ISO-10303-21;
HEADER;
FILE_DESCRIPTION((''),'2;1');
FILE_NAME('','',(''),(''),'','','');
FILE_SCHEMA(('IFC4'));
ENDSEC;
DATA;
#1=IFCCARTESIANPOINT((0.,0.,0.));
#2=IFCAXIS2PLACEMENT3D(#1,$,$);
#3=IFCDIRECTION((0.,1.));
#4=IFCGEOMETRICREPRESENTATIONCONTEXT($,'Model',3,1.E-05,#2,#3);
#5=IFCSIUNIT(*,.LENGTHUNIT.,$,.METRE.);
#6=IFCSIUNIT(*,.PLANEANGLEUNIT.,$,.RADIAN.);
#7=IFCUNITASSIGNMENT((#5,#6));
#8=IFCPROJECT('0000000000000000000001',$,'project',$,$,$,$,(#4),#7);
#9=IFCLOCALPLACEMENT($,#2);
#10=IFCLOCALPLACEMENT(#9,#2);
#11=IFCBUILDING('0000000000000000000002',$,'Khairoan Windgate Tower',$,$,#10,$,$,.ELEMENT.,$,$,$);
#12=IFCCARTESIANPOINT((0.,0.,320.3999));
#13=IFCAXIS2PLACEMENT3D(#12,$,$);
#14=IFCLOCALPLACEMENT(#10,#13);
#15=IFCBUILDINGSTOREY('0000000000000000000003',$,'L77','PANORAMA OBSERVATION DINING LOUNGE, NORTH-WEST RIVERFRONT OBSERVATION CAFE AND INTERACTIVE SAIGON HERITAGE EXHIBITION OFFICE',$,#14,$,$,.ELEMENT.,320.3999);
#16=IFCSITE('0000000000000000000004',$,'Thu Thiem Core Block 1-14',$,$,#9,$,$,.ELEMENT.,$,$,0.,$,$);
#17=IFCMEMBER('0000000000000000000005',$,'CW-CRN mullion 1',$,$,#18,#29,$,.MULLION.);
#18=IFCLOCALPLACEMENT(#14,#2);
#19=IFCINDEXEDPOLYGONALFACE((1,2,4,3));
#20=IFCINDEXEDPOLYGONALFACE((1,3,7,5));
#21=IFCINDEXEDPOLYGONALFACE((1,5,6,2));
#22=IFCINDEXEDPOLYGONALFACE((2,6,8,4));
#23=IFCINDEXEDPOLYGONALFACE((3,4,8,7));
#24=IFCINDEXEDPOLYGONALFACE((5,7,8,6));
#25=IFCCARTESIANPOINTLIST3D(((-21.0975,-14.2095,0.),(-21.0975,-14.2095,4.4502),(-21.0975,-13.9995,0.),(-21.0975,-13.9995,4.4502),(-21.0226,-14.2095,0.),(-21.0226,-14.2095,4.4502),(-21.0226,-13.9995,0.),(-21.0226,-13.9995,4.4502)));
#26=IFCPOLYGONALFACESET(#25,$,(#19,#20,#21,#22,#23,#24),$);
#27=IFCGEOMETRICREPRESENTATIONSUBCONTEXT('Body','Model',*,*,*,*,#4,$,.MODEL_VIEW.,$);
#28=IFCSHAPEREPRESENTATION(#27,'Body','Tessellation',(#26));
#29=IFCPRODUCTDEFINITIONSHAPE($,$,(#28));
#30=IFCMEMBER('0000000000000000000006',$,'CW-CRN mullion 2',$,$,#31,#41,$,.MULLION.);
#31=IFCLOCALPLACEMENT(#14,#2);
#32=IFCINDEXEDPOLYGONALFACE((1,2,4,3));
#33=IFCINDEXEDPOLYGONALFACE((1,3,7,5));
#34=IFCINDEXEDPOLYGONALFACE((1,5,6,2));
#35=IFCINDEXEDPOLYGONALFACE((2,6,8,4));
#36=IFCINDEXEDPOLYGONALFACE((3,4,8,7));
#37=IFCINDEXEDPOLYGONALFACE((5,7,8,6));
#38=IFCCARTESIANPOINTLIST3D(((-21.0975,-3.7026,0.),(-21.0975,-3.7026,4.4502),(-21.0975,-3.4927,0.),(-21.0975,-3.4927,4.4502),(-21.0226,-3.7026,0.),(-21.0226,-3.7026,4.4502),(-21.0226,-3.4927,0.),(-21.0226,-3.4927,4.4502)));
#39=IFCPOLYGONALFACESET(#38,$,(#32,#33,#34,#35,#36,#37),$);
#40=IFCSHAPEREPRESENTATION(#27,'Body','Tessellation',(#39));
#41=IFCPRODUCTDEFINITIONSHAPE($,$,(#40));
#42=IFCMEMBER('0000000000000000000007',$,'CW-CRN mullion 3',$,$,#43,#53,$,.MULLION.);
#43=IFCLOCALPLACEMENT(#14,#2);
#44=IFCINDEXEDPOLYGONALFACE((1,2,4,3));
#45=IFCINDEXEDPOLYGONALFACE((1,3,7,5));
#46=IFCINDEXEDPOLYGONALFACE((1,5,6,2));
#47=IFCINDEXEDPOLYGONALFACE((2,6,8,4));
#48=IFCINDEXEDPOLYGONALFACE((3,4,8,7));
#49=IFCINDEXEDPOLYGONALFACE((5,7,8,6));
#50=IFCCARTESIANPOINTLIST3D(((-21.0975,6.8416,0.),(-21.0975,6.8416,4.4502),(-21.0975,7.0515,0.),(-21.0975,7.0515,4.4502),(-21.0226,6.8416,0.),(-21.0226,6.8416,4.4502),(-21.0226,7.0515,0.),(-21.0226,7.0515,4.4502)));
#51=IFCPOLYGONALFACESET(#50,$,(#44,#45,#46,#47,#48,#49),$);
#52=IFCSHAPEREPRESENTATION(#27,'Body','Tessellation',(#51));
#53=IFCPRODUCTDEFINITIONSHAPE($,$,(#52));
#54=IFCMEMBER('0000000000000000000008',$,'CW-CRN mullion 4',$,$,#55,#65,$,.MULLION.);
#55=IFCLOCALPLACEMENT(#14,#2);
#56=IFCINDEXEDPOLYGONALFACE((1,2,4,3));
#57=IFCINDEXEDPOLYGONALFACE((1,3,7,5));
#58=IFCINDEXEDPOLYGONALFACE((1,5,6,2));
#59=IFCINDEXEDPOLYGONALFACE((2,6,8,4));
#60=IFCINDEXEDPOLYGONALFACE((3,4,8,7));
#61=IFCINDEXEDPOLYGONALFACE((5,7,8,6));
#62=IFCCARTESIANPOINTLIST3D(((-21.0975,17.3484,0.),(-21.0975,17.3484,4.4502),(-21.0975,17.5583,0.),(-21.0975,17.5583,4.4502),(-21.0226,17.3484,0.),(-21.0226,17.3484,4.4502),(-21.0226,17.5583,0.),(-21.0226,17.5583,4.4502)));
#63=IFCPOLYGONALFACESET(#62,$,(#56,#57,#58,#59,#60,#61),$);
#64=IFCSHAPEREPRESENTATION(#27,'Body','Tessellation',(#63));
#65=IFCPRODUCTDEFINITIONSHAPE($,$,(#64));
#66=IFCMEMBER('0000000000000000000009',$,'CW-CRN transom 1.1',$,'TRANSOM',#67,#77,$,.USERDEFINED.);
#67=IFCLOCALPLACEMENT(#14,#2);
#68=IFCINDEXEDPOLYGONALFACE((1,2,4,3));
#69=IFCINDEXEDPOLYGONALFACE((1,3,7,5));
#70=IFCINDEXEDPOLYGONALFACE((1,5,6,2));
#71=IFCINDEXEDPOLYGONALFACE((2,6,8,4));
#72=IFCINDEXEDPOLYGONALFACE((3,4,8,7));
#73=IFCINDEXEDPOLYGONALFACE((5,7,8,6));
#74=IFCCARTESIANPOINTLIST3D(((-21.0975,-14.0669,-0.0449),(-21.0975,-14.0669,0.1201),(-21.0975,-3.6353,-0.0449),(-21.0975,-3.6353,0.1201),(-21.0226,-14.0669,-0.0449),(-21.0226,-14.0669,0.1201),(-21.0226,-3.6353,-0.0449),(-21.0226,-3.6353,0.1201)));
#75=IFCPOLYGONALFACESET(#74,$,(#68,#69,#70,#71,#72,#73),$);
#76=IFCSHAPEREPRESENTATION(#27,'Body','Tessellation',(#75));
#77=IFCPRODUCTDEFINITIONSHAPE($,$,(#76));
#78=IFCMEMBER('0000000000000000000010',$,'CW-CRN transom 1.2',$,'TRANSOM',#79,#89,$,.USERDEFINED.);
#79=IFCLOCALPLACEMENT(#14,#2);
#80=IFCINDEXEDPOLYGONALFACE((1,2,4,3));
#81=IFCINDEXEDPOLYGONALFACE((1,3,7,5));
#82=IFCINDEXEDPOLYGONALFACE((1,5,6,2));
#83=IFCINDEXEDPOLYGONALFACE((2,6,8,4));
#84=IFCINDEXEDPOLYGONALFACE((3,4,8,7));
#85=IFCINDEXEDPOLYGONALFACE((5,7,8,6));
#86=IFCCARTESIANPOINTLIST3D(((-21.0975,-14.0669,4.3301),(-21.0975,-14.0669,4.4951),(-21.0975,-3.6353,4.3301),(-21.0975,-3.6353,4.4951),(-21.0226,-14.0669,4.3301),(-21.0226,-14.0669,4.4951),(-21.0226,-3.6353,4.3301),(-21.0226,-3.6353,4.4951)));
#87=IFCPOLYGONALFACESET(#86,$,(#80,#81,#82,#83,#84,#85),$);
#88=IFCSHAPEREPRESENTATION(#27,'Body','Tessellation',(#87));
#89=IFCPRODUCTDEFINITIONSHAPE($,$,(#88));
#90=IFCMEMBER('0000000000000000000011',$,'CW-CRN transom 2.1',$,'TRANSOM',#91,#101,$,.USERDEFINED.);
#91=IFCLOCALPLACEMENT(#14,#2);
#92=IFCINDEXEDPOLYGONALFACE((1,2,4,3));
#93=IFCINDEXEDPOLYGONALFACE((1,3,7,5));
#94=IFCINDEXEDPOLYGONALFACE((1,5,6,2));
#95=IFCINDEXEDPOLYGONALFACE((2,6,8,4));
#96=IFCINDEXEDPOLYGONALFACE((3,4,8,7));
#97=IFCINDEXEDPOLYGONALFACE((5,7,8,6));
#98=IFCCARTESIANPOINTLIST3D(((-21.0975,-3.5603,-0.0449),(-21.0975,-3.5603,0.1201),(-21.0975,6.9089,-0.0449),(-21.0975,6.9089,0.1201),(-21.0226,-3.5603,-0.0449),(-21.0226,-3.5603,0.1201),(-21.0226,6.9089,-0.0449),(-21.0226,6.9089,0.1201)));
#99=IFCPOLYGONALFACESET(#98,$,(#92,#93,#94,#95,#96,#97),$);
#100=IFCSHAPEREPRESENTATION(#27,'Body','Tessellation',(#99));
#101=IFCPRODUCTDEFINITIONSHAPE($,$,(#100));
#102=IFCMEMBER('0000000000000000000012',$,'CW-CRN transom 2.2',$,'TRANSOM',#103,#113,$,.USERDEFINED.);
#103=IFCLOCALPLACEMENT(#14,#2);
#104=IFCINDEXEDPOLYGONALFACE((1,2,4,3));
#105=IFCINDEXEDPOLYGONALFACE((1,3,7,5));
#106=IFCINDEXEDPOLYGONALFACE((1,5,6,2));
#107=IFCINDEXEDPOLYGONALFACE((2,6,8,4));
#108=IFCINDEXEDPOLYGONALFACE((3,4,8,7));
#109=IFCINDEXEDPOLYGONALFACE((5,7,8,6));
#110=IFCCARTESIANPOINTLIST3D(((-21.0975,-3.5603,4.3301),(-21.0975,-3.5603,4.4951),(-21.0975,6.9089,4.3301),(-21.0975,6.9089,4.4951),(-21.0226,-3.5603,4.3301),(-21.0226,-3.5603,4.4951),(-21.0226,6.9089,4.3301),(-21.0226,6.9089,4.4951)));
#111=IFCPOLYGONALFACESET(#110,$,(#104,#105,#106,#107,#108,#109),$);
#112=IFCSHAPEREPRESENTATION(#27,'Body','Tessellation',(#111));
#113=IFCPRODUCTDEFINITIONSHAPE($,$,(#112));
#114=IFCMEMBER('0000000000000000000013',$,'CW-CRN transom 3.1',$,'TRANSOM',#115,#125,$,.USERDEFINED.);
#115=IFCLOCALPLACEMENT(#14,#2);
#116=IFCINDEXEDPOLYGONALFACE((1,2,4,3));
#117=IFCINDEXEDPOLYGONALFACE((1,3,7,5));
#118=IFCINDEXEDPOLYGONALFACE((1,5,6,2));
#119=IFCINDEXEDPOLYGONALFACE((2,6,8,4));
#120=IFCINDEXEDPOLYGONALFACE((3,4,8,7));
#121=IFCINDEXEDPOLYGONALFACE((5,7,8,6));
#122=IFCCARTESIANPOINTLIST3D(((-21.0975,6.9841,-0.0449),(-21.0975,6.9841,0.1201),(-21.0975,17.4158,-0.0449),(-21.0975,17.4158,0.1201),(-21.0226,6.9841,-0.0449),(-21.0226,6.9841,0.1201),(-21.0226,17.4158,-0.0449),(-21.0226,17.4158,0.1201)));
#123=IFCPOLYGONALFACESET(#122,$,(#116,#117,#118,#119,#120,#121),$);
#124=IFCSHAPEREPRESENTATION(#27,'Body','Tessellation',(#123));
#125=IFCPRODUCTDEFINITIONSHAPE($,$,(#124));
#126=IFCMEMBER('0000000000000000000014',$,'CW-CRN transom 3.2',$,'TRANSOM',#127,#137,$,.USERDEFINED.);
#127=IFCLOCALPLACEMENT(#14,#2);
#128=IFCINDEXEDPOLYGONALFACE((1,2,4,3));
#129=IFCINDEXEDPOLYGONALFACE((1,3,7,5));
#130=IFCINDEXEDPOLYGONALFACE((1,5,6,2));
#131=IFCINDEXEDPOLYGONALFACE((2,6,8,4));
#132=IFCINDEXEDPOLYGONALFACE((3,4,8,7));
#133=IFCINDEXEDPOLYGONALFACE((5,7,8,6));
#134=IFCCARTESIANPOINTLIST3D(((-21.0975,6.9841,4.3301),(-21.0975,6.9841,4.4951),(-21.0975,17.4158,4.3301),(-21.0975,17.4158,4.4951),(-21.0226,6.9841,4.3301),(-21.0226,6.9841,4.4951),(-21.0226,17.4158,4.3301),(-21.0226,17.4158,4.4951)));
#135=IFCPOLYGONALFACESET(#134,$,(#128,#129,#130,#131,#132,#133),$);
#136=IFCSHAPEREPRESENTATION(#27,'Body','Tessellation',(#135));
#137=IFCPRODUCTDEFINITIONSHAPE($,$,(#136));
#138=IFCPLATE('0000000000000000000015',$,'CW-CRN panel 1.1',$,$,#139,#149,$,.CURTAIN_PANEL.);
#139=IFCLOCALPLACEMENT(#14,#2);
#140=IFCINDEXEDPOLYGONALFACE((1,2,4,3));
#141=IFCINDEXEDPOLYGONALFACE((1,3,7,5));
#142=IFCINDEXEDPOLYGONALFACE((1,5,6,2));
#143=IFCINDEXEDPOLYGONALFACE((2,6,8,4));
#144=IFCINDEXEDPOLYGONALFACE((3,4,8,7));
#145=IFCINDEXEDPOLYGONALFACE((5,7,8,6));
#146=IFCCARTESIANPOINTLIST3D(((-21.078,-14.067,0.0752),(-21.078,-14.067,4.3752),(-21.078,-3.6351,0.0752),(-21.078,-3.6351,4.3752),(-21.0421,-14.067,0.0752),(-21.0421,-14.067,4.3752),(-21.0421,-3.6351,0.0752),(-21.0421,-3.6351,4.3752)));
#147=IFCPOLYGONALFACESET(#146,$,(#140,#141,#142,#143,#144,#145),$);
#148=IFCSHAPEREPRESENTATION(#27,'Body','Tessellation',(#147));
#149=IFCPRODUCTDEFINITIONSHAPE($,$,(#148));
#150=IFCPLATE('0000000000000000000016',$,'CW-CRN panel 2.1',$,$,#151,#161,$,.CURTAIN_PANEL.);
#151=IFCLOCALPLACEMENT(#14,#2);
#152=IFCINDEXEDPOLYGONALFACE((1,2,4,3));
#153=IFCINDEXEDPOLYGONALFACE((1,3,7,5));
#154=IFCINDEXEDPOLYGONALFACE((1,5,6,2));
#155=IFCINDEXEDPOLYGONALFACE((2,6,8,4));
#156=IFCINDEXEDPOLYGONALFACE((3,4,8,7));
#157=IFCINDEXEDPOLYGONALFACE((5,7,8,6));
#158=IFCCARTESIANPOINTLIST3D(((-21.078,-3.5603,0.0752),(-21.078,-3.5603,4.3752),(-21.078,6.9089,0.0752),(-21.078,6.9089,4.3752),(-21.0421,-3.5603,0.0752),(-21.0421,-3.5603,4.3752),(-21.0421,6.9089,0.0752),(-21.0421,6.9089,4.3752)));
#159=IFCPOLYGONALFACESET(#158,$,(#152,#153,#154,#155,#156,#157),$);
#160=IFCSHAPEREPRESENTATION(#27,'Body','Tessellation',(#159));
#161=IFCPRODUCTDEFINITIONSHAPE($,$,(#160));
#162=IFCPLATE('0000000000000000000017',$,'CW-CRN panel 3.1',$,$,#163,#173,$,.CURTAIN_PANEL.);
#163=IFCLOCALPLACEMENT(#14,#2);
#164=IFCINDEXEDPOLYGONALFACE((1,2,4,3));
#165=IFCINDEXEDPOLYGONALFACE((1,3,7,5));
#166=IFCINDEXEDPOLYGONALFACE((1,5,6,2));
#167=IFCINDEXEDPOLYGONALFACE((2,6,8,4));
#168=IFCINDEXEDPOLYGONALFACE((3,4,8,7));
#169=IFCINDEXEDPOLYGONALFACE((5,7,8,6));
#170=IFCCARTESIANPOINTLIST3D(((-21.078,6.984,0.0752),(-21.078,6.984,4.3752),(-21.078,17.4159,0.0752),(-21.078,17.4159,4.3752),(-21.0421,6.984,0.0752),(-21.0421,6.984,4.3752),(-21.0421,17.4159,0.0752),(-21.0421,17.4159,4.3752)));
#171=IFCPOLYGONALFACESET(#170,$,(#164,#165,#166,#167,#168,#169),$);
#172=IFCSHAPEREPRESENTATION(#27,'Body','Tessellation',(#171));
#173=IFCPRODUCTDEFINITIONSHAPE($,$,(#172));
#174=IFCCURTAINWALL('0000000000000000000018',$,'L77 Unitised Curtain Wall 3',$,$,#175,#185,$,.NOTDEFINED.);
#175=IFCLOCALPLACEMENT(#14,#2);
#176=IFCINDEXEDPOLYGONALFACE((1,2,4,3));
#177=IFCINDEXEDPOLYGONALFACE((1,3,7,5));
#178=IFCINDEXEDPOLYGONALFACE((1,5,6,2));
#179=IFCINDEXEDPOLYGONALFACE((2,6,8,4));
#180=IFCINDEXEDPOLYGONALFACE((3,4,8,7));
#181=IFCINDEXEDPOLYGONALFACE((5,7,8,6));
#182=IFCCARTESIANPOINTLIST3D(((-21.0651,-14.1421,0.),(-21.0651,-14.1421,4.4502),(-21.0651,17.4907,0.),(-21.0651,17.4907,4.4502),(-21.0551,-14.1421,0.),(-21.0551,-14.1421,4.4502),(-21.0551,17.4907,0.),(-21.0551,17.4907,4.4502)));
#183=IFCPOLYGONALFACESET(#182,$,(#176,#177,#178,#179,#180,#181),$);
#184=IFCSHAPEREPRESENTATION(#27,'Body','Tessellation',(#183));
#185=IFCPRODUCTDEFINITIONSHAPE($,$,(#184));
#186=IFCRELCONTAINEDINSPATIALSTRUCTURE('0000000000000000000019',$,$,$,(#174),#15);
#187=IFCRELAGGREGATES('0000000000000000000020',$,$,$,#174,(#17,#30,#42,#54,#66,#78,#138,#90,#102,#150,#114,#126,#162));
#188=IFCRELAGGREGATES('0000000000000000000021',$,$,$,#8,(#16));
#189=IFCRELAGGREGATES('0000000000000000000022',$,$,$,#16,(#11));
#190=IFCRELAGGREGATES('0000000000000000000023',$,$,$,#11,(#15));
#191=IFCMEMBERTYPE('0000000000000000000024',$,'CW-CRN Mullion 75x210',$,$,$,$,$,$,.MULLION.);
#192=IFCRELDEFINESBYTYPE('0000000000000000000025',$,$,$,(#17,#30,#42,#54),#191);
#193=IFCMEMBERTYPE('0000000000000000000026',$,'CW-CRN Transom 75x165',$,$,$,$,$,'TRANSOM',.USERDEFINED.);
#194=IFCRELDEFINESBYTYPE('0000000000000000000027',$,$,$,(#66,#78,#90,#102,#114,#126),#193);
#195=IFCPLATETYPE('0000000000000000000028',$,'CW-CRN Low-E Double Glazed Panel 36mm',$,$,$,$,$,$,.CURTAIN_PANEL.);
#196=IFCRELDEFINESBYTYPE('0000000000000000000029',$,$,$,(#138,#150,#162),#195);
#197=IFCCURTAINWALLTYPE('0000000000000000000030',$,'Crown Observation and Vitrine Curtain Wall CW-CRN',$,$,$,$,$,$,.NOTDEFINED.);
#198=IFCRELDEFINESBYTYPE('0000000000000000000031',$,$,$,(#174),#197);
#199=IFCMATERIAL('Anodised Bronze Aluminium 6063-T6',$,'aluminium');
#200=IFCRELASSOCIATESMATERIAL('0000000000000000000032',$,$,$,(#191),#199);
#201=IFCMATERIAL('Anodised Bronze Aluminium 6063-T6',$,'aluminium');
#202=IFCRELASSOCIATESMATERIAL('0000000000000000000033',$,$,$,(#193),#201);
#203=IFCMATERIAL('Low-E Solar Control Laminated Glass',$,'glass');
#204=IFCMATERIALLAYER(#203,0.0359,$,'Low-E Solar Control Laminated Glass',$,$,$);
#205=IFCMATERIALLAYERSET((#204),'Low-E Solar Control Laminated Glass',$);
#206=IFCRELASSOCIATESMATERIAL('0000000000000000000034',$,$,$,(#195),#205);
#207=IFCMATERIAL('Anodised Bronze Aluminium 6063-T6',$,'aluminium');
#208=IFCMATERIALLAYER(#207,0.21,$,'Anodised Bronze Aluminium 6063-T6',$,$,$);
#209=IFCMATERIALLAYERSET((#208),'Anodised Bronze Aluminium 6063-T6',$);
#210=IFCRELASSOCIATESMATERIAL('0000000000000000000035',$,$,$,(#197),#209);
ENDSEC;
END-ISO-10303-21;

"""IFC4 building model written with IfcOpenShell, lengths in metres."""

from ifc_helpers import new_model, si_unit, direction, frame, frame_2d, origin, origin_2d, place, context, subcontext, project, spatial, rectangle, extrude, material, layer, layer_set, material_profile, profile_set, type_object, element, aggregate, save


model = new_model("IFC4")

# Units and contexts
model_context = context("Model", 3, precision=1e-05, world=origin(), true_north=direction((0.0, 1.0)))
body_context = subcontext(model_context, "Body", "Model", "MODEL_VIEW")
ifc_project = project(units=[si_unit("LENGTHUNIT", "METRE"), si_unit("PLANEANGLEUNIT", "RADIAN")], contexts=[model_context])

# Site, building, storey
site_placement = place(None, origin())
site = spatial("IfcSite", under=ifc_project, at=site_placement, Name="Thu Thiem Core Block 1-14", CompositionType="ELEMENT", RefElevation=0.0)
building_placement = place(site_placement, origin())
building = spatial("IfcBuilding", under=site, at=building_placement, Name="Khairoan Windgate Tower", CompositionType="ELEMENT")
storey_placement = place(building_placement, frame((0.0, 0.0, 320.3999)))
storey = spatial("IfcBuildingStorey", under=building, at=storey_placement, Name="L77", Description="PANORAMA OBSERVATION DINING LOUNGE, NORTH-WEST RIVERFRONT OBSERVATION CAFE AND INTERACTIVE SAIGON HERITAGE EXHIBITION OFFICE", CompositionType="ELEMENT", Elevation=320.3999)

# Members
ifc_material_1 = material(Name="Anodised Bronze Aluminium 6063-T6", Category="aluminium")
ifc_material_profile_1 = material_profile(ifc_material_1, rectangle(XDim=0.075, YDim=0.21, at=origin_2d()))
ifc_profile_set_1 = profile_set([ifc_material_profile_1], Name="Anodised Bronze Aluminium 6063-T6")
member_type_1 = type_object("IfcMemberType", Name="CW-CRN Mullion 75x210", PredefinedType="MULLION", material=ifc_profile_set_1)
member_1_placement = place(storey_placement, frame((-21.0601, -14.1045, 0.0), z_axis=(0.0, 0.0, 1.0), x_axis=(-1.0, 0.0, 0.0)))
member_1 = element("IfcMember", 1, at=member_1_placement, type_object=member_type_1, Name="CW-CRN mullion 1", PredefinedType="MULLION", context=body_context, shape_type="SweptSolid", body=[
    extrude(rectangle(XDim=0.075, YDim=0.21, at=origin_2d()), origin(), (0.0, 0.0, 1.0), 4.4502),
])
member_2_placement = place(storey_placement, frame((-21.0601, -3.5977, 0.0), z_axis=(0.0, 0.0, 1.0), x_axis=(-1.0, 0.0, 0.0)))
member_2 = element("IfcMember", 2, at=member_2_placement, type_object=member_type_1, Name="CW-CRN mullion 2", PredefinedType="MULLION", context=body_context, shape_type="SweptSolid", body=[
    extrude(rectangle(XDim=0.075, YDim=0.21, at=origin_2d()), origin(), (0.0, 0.0, 1.0), 4.4502),
])
member_3_placement = place(storey_placement, frame((-21.0601, 6.9465, 0.0), z_axis=(0.0, 0.0, 1.0), x_axis=(-1.0, 0.0, 0.0)))
member_3 = element("IfcMember", 3, at=member_3_placement, type_object=member_type_1, Name="CW-CRN mullion 3", PredefinedType="MULLION", context=body_context, shape_type="SweptSolid", body=[
    extrude(rectangle(XDim=0.075, YDim=0.21, at=origin_2d()), origin(), (0.0, 0.0, 1.0), 4.4502),
])
member_4_placement = place(storey_placement, frame((-21.0601, 17.4534, 0.0), z_axis=(0.0, 0.0, 1.0), x_axis=(-1.0, 0.0, 0.0)))
member_4 = element("IfcMember", 4, at=member_4_placement, type_object=member_type_1, Name="CW-CRN mullion 4", PredefinedType="MULLION", context=body_context, shape_type="SweptSolid", body=[
    extrude(rectangle(XDim=0.075, YDim=0.21, at=origin_2d()), origin(), (0.0, 0.0, 1.0), 4.4502),
])
ifc_material_2 = material(Name="Anodised Bronze Aluminium 6063-T6", Category="aluminium")
ifc_material_profile_2 = material_profile(ifc_material_2, rectangle(XDim=0.075, YDim=0.165, at=origin_2d()))
ifc_profile_set_2 = profile_set([ifc_material_profile_2], Name="Anodised Bronze Aluminium 6063-T6")
member_type_2 = type_object("IfcMemberType", Name="CW-CRN Transom 75x165", ElementType="TRANSOM", PredefinedType="USERDEFINED", material=ifc_profile_set_2)
member_5_placement = place(storey_placement, frame((-21.0601, -14.0669, 0.0376), z_axis=(0.0, 1.0, 0.0), x_axis=(-1.0, 0.0, 0.0)))
member_5 = element("IfcMember", 5, at=member_5_placement, type_object=member_type_2, Name="CW-CRN transom 1.1", ObjectType="TRANSOM", PredefinedType="USERDEFINED", context=body_context, shape_type="SweptSolid", body=[
    extrude(rectangle(XDim=0.075, YDim=0.165, at=origin_2d()), origin(), (0.0, 0.0, 1.0), 10.4316),
])
member_6_placement = place(storey_placement, frame((-21.0601, -14.0669, 4.4126), z_axis=(0.0, 1.0, 0.0), x_axis=(-1.0, 0.0, 0.0)))
member_6 = element("IfcMember", 6, at=member_6_placement, type_object=member_type_2, Name="CW-CRN transom 1.2", ObjectType="TRANSOM", PredefinedType="USERDEFINED", context=body_context, shape_type="SweptSolid", body=[
    extrude(rectangle(XDim=0.075, YDim=0.165, at=origin_2d()), origin(), (0.0, 0.0, 1.0), 10.4316),
])
member_7_placement = place(storey_placement, frame((-21.0601, -3.5603, 0.0376), z_axis=(0.0, 1.0, 0.0), x_axis=(-1.0, 0.0, 0.0)))
member_7 = element("IfcMember", 7, at=member_7_placement, type_object=member_type_2, Name="CW-CRN transom 2.1", ObjectType="TRANSOM", PredefinedType="USERDEFINED", context=body_context, shape_type="SweptSolid", body=[
    extrude(rectangle(XDim=0.075, YDim=0.165, at=origin_2d()), origin(), (0.0, 0.0, 1.0), 10.4692),
])
member_8_placement = place(storey_placement, frame((-21.0601, -3.5603, 4.4126), z_axis=(0.0, 1.0, 0.0), x_axis=(-1.0, 0.0, 0.0)))
member_8 = element("IfcMember", 8, at=member_8_placement, type_object=member_type_2, Name="CW-CRN transom 2.2", ObjectType="TRANSOM", PredefinedType="USERDEFINED", context=body_context, shape_type="SweptSolid", body=[
    extrude(rectangle(XDim=0.075, YDim=0.165, at=origin_2d()), origin(), (0.0, 0.0, 1.0), 10.4692),
])
member_9_placement = place(storey_placement, frame((-21.0601, 6.9841, 0.0376), z_axis=(0.0, 1.0, 0.0), x_axis=(-1.0, 0.0, 0.0)))
member_9 = element("IfcMember", 9, at=member_9_placement, type_object=member_type_2, Name="CW-CRN transom 3.1", ObjectType="TRANSOM", PredefinedType="USERDEFINED", context=body_context, shape_type="SweptSolid", body=[
    extrude(rectangle(XDim=0.075, YDim=0.165, at=origin_2d()), origin(), (0.0, 0.0, 1.0), 10.4316),
])
member_10_placement = place(storey_placement, frame((-21.0601, 6.9841, 4.4126), z_axis=(0.0, 1.0, 0.0), x_axis=(-1.0, 0.0, 0.0)))
member_10 = element("IfcMember", 10, at=member_10_placement, type_object=member_type_2, Name="CW-CRN transom 3.2", ObjectType="TRANSOM", PredefinedType="USERDEFINED", context=body_context, shape_type="SweptSolid", body=[
    extrude(rectangle(XDim=0.075, YDim=0.165, at=origin_2d()), origin(), (0.0, 0.0, 1.0), 10.4316),
])

# Plates
ifc_material_3 = material(Name="Low-E Solar Control Laminated Glass", Category="glass")
ifc_layer_1 = layer(ifc_material_3, 0.0359, Name="Low-E Solar Control Laminated Glass")
ifc_layer_set_1 = layer_set([ifc_layer_1], Name="Low-E Solar Control Laminated Glass")
plate_type_1 = type_object("IfcPlateType", Name="CW-CRN Low-E Double Glazed Panel 36mm", PredefinedType="CURTAIN_PANEL", material=ifc_layer_set_1)
plate_1_placement = place(storey_placement, frame((-21.0601, -8.8511, 0.0752), z_axis=(0.0, 0.0, 1.0), x_axis=(0.0, 1.0, 0.0)))
plate_1 = element("IfcPlate", 11, at=plate_1_placement, type_object=plate_type_1, Name="CW-CRN panel 1.1", PredefinedType="CURTAIN_PANEL", context=body_context, shape_type="SweptSolid", body=[
    extrude(rectangle(XDim=10.4319, YDim=0.0359, at=origin_2d()), origin(), (0.0, 0.0, 1.0), 4.3),
])
plate_2_placement = place(storey_placement, frame((-21.0601, 1.6743, 0.0752), z_axis=(0.0, 0.0, 1.0), x_axis=(0.0, 1.0, 0.0)))
plate_2 = element("IfcPlate", 12, at=plate_2_placement, type_object=plate_type_1, Name="CW-CRN panel 2.1", PredefinedType="CURTAIN_PANEL", context=body_context, shape_type="SweptSolid", body=[
    extrude(rectangle(XDim=10.4692, YDim=0.0359, at=origin_2d()), origin(), (0.0, 0.0, 1.0), 4.3),
])
plate_3_placement = place(storey_placement, frame((-21.0601, 12.2, 0.0752), z_axis=(0.0, 0.0, 1.0), x_axis=(0.0, 1.0, 0.0)))
plate_3 = element("IfcPlate", 13, at=plate_3_placement, type_object=plate_type_1, Name="CW-CRN panel 3.1", PredefinedType="CURTAIN_PANEL", context=body_context, shape_type="SweptSolid", body=[
    extrude(rectangle(XDim=10.4319, YDim=0.0359, at=origin_2d()), origin(), (0.0, 0.0, 1.0), 4.3),
])

# Curtain wall
ifc_material_4 = material(Name="Anodised Bronze Aluminium 6063-T6", Category="aluminium")
ifc_layer_2 = layer(ifc_material_4, 0.21, Name="Anodised Bronze Aluminium 6063-T6")
ifc_layer_set_2 = layer_set([ifc_layer_2], Name="Anodised Bronze Aluminium 6063-T6")
curtain_wall_type_1 = type_object("IfcCurtainWallType", Name="Crown Observation and Vitrine Curtain Wall CW-CRN", PredefinedType="NOTDEFINED", material=ifc_layer_set_2)
curtain_wall_1_placement = place(storey_placement, frame((-21.0601, -14.1421, 0.0), z_axis=(0.0, 0.0, 1.0), x_axis=(0.0, 1.0, 0.0)))
curtain_wall_1 = element("IfcCurtainWall", 14, at=curtain_wall_1_placement, inside=storey, type_object=curtain_wall_type_1, Name="L77 Unitised Curtain Wall 3", PredefinedType="NOTDEFINED", context=body_context, shape_type="SweptSolid", body=[
    extrude(rectangle(XDim=31.6328, YDim=0.01, at=frame_2d((15.8164, 0.0))), origin(), (0.0, 0.0, 1.0), 4.4502),
])
aggregate(curtain_wall_1, [member_1, member_2, member_3, member_4, member_5, member_6, plate_1, member_7, member_8, plate_2, member_9, member_10, plate_3])

save(model, "model.ifc")
